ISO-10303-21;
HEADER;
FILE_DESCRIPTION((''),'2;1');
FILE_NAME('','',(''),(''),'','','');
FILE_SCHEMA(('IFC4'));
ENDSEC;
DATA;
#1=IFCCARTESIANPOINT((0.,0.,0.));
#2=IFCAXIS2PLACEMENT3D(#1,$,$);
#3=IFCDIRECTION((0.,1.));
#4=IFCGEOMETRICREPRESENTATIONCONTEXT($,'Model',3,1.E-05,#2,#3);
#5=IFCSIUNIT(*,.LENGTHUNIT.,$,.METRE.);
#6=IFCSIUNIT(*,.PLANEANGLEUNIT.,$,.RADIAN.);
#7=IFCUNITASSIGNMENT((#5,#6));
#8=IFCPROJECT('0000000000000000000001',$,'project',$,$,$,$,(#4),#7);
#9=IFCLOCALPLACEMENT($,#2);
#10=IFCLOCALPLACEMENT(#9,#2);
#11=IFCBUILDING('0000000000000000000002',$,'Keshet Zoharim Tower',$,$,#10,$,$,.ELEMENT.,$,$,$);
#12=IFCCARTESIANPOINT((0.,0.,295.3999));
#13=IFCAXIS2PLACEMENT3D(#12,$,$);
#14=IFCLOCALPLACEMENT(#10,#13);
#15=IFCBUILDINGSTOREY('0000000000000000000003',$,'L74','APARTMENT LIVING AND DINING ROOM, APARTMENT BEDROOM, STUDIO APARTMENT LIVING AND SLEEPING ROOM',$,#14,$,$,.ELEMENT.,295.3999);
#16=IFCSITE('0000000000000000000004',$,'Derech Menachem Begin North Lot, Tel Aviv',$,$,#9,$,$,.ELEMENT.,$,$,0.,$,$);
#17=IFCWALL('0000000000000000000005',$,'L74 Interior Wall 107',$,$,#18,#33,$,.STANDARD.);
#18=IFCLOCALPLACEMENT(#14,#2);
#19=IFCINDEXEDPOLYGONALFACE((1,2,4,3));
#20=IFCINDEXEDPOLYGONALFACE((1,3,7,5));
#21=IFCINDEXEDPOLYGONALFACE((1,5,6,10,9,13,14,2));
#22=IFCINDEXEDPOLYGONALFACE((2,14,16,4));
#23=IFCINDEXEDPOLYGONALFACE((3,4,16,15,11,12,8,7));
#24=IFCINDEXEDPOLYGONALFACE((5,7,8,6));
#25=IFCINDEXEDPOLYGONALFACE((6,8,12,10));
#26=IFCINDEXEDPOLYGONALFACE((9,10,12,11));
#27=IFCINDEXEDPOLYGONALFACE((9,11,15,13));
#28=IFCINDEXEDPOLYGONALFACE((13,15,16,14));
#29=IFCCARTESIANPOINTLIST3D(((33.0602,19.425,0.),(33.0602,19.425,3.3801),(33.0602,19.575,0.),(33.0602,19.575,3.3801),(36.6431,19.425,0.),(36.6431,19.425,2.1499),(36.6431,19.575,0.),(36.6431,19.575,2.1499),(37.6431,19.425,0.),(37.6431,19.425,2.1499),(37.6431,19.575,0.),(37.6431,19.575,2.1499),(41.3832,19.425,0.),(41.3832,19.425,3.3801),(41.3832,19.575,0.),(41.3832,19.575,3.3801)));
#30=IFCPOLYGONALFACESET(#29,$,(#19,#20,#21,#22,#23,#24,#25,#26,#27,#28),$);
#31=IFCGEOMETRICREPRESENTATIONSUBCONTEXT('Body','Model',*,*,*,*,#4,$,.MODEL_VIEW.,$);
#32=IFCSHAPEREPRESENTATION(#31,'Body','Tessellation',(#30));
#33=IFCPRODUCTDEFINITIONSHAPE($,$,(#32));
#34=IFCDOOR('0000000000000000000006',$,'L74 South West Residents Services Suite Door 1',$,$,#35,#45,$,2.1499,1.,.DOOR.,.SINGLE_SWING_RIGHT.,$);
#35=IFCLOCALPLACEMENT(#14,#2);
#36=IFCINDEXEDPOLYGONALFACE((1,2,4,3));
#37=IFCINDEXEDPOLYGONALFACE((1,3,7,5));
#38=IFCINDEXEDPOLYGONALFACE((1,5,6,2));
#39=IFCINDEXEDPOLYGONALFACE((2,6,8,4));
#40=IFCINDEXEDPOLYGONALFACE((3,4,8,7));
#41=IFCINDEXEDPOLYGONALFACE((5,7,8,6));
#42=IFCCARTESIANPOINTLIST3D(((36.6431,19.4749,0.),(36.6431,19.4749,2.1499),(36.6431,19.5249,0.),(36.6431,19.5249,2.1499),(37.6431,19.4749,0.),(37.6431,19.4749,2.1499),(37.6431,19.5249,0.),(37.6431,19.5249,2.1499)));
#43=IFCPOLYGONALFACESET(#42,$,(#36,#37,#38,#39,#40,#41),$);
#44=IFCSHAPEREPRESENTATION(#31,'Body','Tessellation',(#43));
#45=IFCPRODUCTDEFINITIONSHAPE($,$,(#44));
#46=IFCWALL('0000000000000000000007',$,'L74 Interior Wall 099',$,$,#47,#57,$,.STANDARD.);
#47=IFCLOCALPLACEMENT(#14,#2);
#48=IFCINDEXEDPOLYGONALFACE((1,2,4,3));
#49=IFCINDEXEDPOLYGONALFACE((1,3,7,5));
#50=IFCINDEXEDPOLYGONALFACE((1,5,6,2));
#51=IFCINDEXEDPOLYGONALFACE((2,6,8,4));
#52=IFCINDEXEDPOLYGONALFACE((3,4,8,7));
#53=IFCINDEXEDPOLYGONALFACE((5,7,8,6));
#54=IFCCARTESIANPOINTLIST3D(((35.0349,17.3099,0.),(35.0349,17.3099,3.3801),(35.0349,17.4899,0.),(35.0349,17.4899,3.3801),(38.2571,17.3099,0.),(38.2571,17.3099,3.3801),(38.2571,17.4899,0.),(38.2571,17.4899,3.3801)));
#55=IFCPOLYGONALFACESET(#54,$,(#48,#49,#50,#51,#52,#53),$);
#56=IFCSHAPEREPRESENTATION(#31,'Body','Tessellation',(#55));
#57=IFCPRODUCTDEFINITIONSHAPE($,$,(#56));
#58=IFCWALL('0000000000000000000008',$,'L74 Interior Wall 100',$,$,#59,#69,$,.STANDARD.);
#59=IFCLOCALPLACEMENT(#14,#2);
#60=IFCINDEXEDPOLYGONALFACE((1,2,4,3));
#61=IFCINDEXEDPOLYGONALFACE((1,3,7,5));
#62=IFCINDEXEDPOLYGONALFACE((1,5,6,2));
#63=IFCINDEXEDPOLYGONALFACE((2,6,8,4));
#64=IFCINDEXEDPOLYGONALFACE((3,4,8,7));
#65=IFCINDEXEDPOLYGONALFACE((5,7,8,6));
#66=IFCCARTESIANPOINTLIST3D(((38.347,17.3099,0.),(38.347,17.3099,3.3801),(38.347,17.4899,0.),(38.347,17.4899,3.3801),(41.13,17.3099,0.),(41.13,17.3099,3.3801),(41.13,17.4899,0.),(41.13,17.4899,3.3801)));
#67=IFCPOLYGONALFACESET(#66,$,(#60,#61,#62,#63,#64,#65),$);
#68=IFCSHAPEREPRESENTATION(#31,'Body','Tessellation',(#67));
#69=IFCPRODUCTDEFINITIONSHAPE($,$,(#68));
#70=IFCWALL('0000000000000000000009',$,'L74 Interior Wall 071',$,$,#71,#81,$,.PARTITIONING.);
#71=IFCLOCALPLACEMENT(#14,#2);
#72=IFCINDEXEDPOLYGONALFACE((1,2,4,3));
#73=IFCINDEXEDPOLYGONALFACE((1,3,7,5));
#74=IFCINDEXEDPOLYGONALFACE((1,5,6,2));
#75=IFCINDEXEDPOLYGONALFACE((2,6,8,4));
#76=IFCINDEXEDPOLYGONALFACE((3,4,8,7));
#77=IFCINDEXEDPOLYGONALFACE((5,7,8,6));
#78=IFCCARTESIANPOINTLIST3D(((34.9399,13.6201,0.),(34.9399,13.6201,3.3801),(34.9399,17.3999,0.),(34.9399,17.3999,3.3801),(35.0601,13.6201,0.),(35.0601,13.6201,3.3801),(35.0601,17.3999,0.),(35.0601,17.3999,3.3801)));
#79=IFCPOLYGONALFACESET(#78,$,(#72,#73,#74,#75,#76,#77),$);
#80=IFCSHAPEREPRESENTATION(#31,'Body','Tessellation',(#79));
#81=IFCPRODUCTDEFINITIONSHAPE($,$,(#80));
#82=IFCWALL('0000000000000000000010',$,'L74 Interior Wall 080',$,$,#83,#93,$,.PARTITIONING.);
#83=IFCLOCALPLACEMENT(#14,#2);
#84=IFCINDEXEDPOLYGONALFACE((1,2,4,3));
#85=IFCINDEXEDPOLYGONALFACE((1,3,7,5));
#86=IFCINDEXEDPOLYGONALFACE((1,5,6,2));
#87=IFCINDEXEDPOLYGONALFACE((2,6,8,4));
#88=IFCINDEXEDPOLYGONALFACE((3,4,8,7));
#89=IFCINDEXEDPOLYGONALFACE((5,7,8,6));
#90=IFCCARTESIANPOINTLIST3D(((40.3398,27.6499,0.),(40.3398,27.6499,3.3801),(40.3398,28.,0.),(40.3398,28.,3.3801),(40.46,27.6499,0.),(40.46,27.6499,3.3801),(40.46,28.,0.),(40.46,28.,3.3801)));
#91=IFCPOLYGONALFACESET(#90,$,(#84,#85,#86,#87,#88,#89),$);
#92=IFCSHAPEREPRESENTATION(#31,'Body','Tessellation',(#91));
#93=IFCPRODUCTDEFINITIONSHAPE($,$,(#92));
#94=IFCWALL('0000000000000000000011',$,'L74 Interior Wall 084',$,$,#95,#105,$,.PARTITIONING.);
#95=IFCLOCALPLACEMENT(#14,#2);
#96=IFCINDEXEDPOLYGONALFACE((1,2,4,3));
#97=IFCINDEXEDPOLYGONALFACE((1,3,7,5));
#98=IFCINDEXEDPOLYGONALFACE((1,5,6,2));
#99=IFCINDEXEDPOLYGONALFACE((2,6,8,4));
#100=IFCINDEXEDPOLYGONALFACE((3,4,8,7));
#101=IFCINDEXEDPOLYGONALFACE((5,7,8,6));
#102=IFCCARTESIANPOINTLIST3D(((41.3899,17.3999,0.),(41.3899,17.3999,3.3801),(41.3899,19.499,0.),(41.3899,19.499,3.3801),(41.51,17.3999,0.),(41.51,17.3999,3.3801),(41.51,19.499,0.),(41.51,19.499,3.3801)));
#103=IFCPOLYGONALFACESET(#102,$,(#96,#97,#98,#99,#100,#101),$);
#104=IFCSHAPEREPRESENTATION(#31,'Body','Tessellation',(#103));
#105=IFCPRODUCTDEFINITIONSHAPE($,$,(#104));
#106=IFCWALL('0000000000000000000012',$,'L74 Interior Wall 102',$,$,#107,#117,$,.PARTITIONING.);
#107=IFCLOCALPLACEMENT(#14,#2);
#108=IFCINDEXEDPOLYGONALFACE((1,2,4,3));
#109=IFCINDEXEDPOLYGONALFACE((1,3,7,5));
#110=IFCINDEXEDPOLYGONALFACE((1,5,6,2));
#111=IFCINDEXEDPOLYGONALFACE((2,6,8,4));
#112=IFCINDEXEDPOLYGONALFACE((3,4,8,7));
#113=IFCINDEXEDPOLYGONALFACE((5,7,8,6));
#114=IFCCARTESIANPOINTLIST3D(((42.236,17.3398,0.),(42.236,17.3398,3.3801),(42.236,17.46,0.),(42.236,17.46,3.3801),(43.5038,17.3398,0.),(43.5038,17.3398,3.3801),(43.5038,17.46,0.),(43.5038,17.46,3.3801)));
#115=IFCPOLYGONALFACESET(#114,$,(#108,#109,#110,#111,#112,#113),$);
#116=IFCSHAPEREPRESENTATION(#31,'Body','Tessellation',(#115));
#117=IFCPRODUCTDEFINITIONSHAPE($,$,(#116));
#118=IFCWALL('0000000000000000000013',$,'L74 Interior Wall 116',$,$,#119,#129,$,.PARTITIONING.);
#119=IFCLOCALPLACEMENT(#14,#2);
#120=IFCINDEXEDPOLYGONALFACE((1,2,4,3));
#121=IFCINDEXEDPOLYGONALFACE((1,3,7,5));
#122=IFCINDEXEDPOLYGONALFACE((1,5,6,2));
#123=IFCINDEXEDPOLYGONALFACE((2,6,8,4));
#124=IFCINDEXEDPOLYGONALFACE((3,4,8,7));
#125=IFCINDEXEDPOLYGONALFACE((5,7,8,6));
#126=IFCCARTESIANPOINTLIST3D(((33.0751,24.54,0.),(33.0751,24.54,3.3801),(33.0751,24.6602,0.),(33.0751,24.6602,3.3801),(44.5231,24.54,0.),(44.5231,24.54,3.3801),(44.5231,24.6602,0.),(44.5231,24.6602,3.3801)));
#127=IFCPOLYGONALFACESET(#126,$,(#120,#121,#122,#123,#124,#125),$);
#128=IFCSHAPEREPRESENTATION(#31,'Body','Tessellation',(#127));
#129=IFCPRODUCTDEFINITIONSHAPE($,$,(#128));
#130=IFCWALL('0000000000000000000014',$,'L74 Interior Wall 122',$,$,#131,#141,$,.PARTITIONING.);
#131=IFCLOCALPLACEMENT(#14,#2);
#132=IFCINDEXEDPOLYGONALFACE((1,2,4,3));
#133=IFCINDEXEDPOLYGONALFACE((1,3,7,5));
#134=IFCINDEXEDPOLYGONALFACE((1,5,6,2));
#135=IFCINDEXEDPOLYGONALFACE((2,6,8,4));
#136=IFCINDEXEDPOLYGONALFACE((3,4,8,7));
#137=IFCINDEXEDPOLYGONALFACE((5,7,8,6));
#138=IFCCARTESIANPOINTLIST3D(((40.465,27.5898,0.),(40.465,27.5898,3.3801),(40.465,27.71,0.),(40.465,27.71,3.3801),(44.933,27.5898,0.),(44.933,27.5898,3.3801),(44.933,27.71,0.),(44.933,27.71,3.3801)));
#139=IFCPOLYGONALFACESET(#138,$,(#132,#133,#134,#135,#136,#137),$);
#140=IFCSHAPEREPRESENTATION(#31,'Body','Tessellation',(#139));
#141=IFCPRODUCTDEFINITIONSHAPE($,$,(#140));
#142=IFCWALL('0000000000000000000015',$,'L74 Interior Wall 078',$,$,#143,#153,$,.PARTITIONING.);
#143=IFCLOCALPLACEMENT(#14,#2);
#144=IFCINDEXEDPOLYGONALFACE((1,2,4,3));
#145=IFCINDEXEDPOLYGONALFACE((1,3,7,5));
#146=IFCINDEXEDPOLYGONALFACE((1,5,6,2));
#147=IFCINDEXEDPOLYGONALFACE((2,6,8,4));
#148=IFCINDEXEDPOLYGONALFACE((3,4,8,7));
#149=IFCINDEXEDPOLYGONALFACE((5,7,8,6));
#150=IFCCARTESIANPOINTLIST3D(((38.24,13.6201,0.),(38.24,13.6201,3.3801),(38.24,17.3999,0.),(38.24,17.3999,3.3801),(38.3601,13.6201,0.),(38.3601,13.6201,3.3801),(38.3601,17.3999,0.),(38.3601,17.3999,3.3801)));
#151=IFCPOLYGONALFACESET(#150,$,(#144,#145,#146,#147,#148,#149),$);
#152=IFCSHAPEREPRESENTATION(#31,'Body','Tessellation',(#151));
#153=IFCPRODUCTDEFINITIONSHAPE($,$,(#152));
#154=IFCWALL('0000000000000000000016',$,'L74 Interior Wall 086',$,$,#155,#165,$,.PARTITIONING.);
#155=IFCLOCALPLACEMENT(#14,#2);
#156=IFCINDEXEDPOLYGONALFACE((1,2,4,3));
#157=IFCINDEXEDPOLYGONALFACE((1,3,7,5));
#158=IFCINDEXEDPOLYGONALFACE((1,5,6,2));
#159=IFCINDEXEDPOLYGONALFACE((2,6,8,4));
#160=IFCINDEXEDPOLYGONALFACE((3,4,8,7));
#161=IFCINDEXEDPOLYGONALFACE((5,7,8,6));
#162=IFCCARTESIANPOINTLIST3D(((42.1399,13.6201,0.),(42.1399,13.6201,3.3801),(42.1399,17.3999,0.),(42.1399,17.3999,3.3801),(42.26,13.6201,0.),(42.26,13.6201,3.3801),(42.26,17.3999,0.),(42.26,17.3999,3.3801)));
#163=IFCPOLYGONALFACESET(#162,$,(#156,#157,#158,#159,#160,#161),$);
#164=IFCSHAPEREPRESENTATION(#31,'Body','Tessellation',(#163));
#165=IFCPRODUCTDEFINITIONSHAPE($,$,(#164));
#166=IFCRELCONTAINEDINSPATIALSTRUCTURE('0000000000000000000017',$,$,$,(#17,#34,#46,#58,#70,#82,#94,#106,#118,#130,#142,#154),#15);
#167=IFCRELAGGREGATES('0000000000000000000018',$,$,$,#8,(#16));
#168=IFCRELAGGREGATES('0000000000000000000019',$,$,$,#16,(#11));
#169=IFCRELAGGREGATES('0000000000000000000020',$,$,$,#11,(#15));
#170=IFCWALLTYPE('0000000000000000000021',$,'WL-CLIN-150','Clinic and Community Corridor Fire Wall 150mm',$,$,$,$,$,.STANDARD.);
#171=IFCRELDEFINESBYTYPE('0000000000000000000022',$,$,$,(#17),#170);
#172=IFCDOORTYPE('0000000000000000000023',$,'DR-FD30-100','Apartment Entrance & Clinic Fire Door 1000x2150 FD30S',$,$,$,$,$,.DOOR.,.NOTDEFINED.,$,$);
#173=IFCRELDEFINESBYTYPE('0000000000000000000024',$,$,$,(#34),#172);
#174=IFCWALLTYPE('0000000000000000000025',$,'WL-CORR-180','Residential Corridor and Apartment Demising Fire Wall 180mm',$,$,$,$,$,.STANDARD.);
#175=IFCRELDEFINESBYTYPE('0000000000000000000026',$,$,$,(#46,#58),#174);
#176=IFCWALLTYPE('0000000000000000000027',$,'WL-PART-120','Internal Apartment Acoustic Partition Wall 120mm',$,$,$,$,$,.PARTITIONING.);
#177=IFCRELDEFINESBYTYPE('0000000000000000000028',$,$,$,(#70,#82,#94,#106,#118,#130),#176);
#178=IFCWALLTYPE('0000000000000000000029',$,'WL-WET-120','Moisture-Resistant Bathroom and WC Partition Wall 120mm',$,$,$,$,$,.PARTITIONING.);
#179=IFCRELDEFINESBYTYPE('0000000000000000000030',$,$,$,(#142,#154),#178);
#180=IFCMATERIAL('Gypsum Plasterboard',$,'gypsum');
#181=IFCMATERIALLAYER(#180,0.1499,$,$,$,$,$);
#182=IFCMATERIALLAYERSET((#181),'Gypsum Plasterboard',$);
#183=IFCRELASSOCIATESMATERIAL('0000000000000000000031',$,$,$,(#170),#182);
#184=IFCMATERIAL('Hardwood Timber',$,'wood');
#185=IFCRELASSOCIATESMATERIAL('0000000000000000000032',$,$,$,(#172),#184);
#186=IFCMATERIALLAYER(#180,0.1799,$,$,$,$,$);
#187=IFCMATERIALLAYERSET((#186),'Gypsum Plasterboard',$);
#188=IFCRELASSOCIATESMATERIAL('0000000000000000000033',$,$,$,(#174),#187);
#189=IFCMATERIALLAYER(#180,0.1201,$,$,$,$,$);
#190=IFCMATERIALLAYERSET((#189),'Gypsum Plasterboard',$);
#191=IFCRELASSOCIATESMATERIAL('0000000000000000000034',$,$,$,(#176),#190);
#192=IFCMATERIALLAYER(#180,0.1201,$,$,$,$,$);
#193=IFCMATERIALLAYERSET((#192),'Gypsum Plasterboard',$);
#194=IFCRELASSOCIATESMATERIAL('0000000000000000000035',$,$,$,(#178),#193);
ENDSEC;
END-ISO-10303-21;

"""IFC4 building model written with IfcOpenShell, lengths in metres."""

from ifc_helpers import new_model, si_unit, direction, frame, frame_2d, origin, place, context, subcontext, project, spatial, rectangle, extrude, material, layer, layer_set, type_object, element, fill, save


model = new_model("IFC4")

# Units and contexts
model_context = context("Model", 3, precision=1e-05, world=origin(), true_north=direction((0.0, 1.0)))
body_context = subcontext(model_context, "Body", "Model", "MODEL_VIEW")
ifc_project = project(units=[si_unit("LENGTHUNIT", "METRE"), si_unit("PLANEANGLEUNIT", "RADIAN")], contexts=[model_context])

# Site, building, storey
site_placement = place(None, origin())
site = spatial("IfcSite", under=ifc_project, at=site_placement, Name="Derech Menachem Begin North Lot, Tel Aviv", CompositionType="ELEMENT", RefElevation=0.0)
building_placement = place(site_placement, origin())
building = spatial("IfcBuilding", under=site, at=building_placement, Name="Keshet Zoharim Tower", CompositionType="ELEMENT")
storey_placement = place(building_placement, frame((0.0, 0.0, 295.3999)))
storey = spatial("IfcBuildingStorey", under=building, at=storey_placement, Name="L74", Description="APARTMENT LIVING AND DINING ROOM, APARTMENT BEDROOM, STUDIO APARTMENT LIVING AND SLEEPING ROOM", CompositionType="ELEMENT", Elevation=295.3999)

# Wall, opening, door
ifc_material_1 = material(Name="Gypsum Plasterboard", Category="gypsum")
ifc_layer_1 = layer(ifc_material_1, 0.1499)
ifc_layer_set_1 = layer_set([ifc_layer_1], Name="Gypsum Plasterboard")
wall_type_1 = type_object("IfcWallType", Name="WL-CLIN-150", Description="Clinic and Community Corridor Fire Wall 150mm", PredefinedType="STANDARD", material=ifc_layer_set_1)
wall_1_placement = place(storey_placement, frame((33.0601, 19.5, 0.0), z_axis=(0.0, 0.0, 1.0), x_axis=(1.0, 0.0, 0.0)))
wall_1 = element("IfcWall", 1, at=wall_1_placement, inside=storey, type_object=wall_type_1, Name="L74 Interior Wall 107", PredefinedType="STANDARD", context=body_context, shape_type="SweptSolid", body=[
    extrude(rectangle(XDim=8.323, YDim=0.1499, at=frame_2d((4.1616, 0.0))), origin(), (0.0, 0.0, 1.0), 3.3801),
])
opening_1_placement = place(wall_1_placement, frame((3.583, 0.0, 0.0)))
opening_1 = element("IfcOpeningElement", 2, at=opening_1_placement, cuts=wall_1, PredefinedType="OPENING", context=body_context, shape_type="SweptSolid", body=[
    extrude(rectangle(XDim=1.0, YDim=2.1499, at=frame_2d((0.5, 1.075))), frame((0.0, 0.085, 0.0), z_axis=(0.0, -1.0, 0.0), x_axis=(1.0, 0.0, 0.0)), (0.0, 0.0, 1.0), 0.1699),
])
ifc_material_2 = material(Name="Hardwood Timber", Category="wood")
door_type_1 = type_object("IfcDoorType", Name="DR-FD30-100", Description="Apartment Entrance & Clinic Fire Door 1000x2150 FD30S", OperationType="NOTDEFINED", PredefinedType="DOOR", material=ifc_material_2)
door_1_placement = place(opening_1_placement, origin())
door_1 = element("IfcDoor", 3, at=door_1_placement, inside=storey, type_object=door_type_1, Name="L74 South West Residents Services Suite Door 1", OperationType="SINGLE_SWING_RIGHT", OverallHeight=2.1499, OverallWidth=1.0, PredefinedType="DOOR", context=body_context, shape_type="SweptSolid", body=[
    extrude(rectangle(XDim=1.0, YDim=2.1499, at=frame_2d((0.5, 1.075))), frame((0.0, 0.0249, 0.0), z_axis=(0.0, -1.0, 0.0), x_axis=(1.0, 0.0, 0.0)), (0.0, 0.0, 1.0), 0.05),
])
fill(opening_1, door_1)

# Walls
ifc_layer_2 = layer(ifc_material_1, 0.1799)
ifc_layer_set_2 = layer_set([ifc_layer_2], Name="Gypsum Plasterboard")
wall_type_2 = type_object("IfcWallType", Name="WL-CORR-180", Description="Residential Corridor and Apartment Demising Fire Wall 180mm", PredefinedType="STANDARD", material=ifc_layer_set_2)
wall_2_placement = place(storey_placement, frame((35.0349, 17.3999, 0.0), z_axis=(0.0, 0.0, 1.0), x_axis=(1.0, 0.0, 0.0)))
element("IfcWall", 4, at=wall_2_placement, inside=storey, type_object=wall_type_2, Name="L74 Interior Wall 099", PredefinedType="STANDARD", context=body_context, shape_type="SweptSolid", body=[
    extrude(rectangle(XDim=3.2222, YDim=0.1799, at=frame_2d((1.6111, 0.0))), origin(), (0.0, 0.0, 1.0), 3.3801),
])
wall_3_placement = place(storey_placement, frame((38.3469, 17.3999, 0.0), z_axis=(0.0, 0.0, 1.0), x_axis=(1.0, 0.0, 0.0)))
element("IfcWall", 5, at=wall_3_placement, inside=storey, type_object=wall_type_2, Name="L74 Interior Wall 100", PredefinedType="STANDARD", context=body_context, shape_type="SweptSolid", body=[
    extrude(rectangle(XDim=2.783, YDim=0.1799, at=frame_2d((1.3916, 0.0))), origin(), (0.0, 0.0, 1.0), 3.3801),
])
ifc_layer_3 = layer(ifc_material_1, 0.1201)
ifc_layer_set_3 = layer_set([ifc_layer_3], Name="Gypsum Plasterboard")
wall_type_3 = type_object("IfcWallType", Name="WL-PART-120", Description="Internal Apartment Acoustic Partition Wall 120mm", PredefinedType="PARTITIONING", material=ifc_layer_set_3)
wall_4_placement = place(storey_placement, frame((35.0, 13.6201, 0.0), z_axis=(0.0, 0.0, 1.0), x_axis=(0.0, 1.0, 0.0)))
element("IfcWall", 6, at=wall_4_placement, inside=storey, type_object=wall_type_3, Name="L74 Interior Wall 071", PredefinedType="PARTITIONING", context=body_context, shape_type="SweptSolid", body=[
    extrude(rectangle(XDim=3.7798, YDim=0.1201, at=frame_2d((1.8899, 0.0))), origin(), (0.0, 0.0, 1.0), 3.3801),
])
wall_5_placement = place(storey_placement, frame((40.3999, 27.6499, 0.0), z_axis=(0.0, 0.0, 1.0), x_axis=(0.0, 1.0, 0.0)))
element("IfcWall", 7, at=wall_5_placement, inside=storey, type_object=wall_type_3, Name="L74 Interior Wall 080", PredefinedType="PARTITIONING", context=body_context, shape_type="SweptSolid", body=[
    extrude(rectangle(XDim=0.3501, YDim=0.1201, at=frame_2d((0.175, 0.0))), origin(), (0.0, 0.0, 1.0), 3.3801),
])
wall_6_placement = place(storey_placement, frame((41.45, 17.3999, 0.0), z_axis=(0.0, 0.0, 1.0), x_axis=(0.0, 1.0, 0.0)))
element("IfcWall", 8, at=wall_6_placement, inside=storey, type_object=wall_type_3, Name="L74 Interior Wall 084", PredefinedType="PARTITIONING", context=body_context, shape_type="SweptSolid", body=[
    extrude(rectangle(XDim=2.0991, YDim=0.1201, at=frame_2d((1.0496, 0.0))), origin(), (0.0, 0.0, 1.0), 3.3801),
])
wall_7_placement = place(storey_placement, frame((42.2361, 17.3999, 0.0), z_axis=(0.0, 0.0, 1.0), x_axis=(1.0, 0.0, 0.0)))
element("IfcWall", 9, at=wall_7_placement, inside=storey, type_object=wall_type_3, Name="L74 Interior Wall 102", PredefinedType="PARTITIONING", context=body_context, shape_type="SweptSolid", body=[
    extrude(rectangle(XDim=1.2678, YDim=0.1201, at=frame_2d((0.6338, 0.0))), origin(), (0.0, 0.0, 1.0), 3.3801),
])
wall_8_placement = place(storey_placement, frame((33.075, 24.6001, 0.0), z_axis=(0.0, 0.0, 1.0), x_axis=(1.0, 0.0, 0.0)))
element("IfcWall", 10, at=wall_8_placement, inside=storey, type_object=wall_type_3, Name="L74 Interior Wall 116", PredefinedType="PARTITIONING", context=body_context, shape_type="SweptSolid", body=[
    extrude(rectangle(XDim=11.448, YDim=0.1201, at=frame_2d((5.7241, 0.0))), origin(), (0.0, 0.0, 1.0), 3.3801),
])
wall_9_placement = place(storey_placement, frame((40.4651, 27.6499, 0.0), z_axis=(0.0, 0.0, 1.0), x_axis=(1.0, 0.0, 0.0)))
element("IfcWall", 11, at=wall_9_placement, inside=storey, type_object=wall_type_3, Name="L74 Interior Wall 122", PredefinedType="PARTITIONING", context=body_context, shape_type="SweptSolid", body=[
    extrude(rectangle(XDim=4.468, YDim=0.1201, at=frame_2d((2.2339, 0.0))), origin(), (0.0, 0.0, 1.0), 3.3801),
])
ifc_layer_4 = layer(ifc_material_1, 0.1201)
ifc_layer_set_4 = layer_set([ifc_layer_4], Name="Gypsum Plasterboard")
wall_type_4 = type_object("IfcWallType", Name="WL-WET-120", Description="Moisture-Resistant Bathroom and WC Partition Wall 120mm", PredefinedType="PARTITIONING", material=ifc_layer_set_4)
for number, where, z_axis, x_axis, name in (
    (12, (38.3, 13.6201, 0.0), (0.0, 0.0, 1.0), (0.0, 1.0, 0.0), "L74 Interior Wall 078"),
    (13, (42.2, 13.6201, 0.0), (0.0, 0.0, 1.0), (0.0, 1.0, 0.0), "L74 Interior Wall 086"),
):
    element("IfcWall", number, at=place(storey_placement, frame(where, z_axis=z_axis, x_axis=x_axis)), inside=storey, type_object=wall_type_4, Name=name, PredefinedType="PARTITIONING", context=body_context, shape_type="SweptSolid", body=[
        extrude(rectangle(XDim=3.7798, YDim=0.1201, at=frame_2d((1.8899, 0.0))), origin(), (0.0, 0.0, 1.0), 3.3801),
    ])

save(model, "model.ifc")
